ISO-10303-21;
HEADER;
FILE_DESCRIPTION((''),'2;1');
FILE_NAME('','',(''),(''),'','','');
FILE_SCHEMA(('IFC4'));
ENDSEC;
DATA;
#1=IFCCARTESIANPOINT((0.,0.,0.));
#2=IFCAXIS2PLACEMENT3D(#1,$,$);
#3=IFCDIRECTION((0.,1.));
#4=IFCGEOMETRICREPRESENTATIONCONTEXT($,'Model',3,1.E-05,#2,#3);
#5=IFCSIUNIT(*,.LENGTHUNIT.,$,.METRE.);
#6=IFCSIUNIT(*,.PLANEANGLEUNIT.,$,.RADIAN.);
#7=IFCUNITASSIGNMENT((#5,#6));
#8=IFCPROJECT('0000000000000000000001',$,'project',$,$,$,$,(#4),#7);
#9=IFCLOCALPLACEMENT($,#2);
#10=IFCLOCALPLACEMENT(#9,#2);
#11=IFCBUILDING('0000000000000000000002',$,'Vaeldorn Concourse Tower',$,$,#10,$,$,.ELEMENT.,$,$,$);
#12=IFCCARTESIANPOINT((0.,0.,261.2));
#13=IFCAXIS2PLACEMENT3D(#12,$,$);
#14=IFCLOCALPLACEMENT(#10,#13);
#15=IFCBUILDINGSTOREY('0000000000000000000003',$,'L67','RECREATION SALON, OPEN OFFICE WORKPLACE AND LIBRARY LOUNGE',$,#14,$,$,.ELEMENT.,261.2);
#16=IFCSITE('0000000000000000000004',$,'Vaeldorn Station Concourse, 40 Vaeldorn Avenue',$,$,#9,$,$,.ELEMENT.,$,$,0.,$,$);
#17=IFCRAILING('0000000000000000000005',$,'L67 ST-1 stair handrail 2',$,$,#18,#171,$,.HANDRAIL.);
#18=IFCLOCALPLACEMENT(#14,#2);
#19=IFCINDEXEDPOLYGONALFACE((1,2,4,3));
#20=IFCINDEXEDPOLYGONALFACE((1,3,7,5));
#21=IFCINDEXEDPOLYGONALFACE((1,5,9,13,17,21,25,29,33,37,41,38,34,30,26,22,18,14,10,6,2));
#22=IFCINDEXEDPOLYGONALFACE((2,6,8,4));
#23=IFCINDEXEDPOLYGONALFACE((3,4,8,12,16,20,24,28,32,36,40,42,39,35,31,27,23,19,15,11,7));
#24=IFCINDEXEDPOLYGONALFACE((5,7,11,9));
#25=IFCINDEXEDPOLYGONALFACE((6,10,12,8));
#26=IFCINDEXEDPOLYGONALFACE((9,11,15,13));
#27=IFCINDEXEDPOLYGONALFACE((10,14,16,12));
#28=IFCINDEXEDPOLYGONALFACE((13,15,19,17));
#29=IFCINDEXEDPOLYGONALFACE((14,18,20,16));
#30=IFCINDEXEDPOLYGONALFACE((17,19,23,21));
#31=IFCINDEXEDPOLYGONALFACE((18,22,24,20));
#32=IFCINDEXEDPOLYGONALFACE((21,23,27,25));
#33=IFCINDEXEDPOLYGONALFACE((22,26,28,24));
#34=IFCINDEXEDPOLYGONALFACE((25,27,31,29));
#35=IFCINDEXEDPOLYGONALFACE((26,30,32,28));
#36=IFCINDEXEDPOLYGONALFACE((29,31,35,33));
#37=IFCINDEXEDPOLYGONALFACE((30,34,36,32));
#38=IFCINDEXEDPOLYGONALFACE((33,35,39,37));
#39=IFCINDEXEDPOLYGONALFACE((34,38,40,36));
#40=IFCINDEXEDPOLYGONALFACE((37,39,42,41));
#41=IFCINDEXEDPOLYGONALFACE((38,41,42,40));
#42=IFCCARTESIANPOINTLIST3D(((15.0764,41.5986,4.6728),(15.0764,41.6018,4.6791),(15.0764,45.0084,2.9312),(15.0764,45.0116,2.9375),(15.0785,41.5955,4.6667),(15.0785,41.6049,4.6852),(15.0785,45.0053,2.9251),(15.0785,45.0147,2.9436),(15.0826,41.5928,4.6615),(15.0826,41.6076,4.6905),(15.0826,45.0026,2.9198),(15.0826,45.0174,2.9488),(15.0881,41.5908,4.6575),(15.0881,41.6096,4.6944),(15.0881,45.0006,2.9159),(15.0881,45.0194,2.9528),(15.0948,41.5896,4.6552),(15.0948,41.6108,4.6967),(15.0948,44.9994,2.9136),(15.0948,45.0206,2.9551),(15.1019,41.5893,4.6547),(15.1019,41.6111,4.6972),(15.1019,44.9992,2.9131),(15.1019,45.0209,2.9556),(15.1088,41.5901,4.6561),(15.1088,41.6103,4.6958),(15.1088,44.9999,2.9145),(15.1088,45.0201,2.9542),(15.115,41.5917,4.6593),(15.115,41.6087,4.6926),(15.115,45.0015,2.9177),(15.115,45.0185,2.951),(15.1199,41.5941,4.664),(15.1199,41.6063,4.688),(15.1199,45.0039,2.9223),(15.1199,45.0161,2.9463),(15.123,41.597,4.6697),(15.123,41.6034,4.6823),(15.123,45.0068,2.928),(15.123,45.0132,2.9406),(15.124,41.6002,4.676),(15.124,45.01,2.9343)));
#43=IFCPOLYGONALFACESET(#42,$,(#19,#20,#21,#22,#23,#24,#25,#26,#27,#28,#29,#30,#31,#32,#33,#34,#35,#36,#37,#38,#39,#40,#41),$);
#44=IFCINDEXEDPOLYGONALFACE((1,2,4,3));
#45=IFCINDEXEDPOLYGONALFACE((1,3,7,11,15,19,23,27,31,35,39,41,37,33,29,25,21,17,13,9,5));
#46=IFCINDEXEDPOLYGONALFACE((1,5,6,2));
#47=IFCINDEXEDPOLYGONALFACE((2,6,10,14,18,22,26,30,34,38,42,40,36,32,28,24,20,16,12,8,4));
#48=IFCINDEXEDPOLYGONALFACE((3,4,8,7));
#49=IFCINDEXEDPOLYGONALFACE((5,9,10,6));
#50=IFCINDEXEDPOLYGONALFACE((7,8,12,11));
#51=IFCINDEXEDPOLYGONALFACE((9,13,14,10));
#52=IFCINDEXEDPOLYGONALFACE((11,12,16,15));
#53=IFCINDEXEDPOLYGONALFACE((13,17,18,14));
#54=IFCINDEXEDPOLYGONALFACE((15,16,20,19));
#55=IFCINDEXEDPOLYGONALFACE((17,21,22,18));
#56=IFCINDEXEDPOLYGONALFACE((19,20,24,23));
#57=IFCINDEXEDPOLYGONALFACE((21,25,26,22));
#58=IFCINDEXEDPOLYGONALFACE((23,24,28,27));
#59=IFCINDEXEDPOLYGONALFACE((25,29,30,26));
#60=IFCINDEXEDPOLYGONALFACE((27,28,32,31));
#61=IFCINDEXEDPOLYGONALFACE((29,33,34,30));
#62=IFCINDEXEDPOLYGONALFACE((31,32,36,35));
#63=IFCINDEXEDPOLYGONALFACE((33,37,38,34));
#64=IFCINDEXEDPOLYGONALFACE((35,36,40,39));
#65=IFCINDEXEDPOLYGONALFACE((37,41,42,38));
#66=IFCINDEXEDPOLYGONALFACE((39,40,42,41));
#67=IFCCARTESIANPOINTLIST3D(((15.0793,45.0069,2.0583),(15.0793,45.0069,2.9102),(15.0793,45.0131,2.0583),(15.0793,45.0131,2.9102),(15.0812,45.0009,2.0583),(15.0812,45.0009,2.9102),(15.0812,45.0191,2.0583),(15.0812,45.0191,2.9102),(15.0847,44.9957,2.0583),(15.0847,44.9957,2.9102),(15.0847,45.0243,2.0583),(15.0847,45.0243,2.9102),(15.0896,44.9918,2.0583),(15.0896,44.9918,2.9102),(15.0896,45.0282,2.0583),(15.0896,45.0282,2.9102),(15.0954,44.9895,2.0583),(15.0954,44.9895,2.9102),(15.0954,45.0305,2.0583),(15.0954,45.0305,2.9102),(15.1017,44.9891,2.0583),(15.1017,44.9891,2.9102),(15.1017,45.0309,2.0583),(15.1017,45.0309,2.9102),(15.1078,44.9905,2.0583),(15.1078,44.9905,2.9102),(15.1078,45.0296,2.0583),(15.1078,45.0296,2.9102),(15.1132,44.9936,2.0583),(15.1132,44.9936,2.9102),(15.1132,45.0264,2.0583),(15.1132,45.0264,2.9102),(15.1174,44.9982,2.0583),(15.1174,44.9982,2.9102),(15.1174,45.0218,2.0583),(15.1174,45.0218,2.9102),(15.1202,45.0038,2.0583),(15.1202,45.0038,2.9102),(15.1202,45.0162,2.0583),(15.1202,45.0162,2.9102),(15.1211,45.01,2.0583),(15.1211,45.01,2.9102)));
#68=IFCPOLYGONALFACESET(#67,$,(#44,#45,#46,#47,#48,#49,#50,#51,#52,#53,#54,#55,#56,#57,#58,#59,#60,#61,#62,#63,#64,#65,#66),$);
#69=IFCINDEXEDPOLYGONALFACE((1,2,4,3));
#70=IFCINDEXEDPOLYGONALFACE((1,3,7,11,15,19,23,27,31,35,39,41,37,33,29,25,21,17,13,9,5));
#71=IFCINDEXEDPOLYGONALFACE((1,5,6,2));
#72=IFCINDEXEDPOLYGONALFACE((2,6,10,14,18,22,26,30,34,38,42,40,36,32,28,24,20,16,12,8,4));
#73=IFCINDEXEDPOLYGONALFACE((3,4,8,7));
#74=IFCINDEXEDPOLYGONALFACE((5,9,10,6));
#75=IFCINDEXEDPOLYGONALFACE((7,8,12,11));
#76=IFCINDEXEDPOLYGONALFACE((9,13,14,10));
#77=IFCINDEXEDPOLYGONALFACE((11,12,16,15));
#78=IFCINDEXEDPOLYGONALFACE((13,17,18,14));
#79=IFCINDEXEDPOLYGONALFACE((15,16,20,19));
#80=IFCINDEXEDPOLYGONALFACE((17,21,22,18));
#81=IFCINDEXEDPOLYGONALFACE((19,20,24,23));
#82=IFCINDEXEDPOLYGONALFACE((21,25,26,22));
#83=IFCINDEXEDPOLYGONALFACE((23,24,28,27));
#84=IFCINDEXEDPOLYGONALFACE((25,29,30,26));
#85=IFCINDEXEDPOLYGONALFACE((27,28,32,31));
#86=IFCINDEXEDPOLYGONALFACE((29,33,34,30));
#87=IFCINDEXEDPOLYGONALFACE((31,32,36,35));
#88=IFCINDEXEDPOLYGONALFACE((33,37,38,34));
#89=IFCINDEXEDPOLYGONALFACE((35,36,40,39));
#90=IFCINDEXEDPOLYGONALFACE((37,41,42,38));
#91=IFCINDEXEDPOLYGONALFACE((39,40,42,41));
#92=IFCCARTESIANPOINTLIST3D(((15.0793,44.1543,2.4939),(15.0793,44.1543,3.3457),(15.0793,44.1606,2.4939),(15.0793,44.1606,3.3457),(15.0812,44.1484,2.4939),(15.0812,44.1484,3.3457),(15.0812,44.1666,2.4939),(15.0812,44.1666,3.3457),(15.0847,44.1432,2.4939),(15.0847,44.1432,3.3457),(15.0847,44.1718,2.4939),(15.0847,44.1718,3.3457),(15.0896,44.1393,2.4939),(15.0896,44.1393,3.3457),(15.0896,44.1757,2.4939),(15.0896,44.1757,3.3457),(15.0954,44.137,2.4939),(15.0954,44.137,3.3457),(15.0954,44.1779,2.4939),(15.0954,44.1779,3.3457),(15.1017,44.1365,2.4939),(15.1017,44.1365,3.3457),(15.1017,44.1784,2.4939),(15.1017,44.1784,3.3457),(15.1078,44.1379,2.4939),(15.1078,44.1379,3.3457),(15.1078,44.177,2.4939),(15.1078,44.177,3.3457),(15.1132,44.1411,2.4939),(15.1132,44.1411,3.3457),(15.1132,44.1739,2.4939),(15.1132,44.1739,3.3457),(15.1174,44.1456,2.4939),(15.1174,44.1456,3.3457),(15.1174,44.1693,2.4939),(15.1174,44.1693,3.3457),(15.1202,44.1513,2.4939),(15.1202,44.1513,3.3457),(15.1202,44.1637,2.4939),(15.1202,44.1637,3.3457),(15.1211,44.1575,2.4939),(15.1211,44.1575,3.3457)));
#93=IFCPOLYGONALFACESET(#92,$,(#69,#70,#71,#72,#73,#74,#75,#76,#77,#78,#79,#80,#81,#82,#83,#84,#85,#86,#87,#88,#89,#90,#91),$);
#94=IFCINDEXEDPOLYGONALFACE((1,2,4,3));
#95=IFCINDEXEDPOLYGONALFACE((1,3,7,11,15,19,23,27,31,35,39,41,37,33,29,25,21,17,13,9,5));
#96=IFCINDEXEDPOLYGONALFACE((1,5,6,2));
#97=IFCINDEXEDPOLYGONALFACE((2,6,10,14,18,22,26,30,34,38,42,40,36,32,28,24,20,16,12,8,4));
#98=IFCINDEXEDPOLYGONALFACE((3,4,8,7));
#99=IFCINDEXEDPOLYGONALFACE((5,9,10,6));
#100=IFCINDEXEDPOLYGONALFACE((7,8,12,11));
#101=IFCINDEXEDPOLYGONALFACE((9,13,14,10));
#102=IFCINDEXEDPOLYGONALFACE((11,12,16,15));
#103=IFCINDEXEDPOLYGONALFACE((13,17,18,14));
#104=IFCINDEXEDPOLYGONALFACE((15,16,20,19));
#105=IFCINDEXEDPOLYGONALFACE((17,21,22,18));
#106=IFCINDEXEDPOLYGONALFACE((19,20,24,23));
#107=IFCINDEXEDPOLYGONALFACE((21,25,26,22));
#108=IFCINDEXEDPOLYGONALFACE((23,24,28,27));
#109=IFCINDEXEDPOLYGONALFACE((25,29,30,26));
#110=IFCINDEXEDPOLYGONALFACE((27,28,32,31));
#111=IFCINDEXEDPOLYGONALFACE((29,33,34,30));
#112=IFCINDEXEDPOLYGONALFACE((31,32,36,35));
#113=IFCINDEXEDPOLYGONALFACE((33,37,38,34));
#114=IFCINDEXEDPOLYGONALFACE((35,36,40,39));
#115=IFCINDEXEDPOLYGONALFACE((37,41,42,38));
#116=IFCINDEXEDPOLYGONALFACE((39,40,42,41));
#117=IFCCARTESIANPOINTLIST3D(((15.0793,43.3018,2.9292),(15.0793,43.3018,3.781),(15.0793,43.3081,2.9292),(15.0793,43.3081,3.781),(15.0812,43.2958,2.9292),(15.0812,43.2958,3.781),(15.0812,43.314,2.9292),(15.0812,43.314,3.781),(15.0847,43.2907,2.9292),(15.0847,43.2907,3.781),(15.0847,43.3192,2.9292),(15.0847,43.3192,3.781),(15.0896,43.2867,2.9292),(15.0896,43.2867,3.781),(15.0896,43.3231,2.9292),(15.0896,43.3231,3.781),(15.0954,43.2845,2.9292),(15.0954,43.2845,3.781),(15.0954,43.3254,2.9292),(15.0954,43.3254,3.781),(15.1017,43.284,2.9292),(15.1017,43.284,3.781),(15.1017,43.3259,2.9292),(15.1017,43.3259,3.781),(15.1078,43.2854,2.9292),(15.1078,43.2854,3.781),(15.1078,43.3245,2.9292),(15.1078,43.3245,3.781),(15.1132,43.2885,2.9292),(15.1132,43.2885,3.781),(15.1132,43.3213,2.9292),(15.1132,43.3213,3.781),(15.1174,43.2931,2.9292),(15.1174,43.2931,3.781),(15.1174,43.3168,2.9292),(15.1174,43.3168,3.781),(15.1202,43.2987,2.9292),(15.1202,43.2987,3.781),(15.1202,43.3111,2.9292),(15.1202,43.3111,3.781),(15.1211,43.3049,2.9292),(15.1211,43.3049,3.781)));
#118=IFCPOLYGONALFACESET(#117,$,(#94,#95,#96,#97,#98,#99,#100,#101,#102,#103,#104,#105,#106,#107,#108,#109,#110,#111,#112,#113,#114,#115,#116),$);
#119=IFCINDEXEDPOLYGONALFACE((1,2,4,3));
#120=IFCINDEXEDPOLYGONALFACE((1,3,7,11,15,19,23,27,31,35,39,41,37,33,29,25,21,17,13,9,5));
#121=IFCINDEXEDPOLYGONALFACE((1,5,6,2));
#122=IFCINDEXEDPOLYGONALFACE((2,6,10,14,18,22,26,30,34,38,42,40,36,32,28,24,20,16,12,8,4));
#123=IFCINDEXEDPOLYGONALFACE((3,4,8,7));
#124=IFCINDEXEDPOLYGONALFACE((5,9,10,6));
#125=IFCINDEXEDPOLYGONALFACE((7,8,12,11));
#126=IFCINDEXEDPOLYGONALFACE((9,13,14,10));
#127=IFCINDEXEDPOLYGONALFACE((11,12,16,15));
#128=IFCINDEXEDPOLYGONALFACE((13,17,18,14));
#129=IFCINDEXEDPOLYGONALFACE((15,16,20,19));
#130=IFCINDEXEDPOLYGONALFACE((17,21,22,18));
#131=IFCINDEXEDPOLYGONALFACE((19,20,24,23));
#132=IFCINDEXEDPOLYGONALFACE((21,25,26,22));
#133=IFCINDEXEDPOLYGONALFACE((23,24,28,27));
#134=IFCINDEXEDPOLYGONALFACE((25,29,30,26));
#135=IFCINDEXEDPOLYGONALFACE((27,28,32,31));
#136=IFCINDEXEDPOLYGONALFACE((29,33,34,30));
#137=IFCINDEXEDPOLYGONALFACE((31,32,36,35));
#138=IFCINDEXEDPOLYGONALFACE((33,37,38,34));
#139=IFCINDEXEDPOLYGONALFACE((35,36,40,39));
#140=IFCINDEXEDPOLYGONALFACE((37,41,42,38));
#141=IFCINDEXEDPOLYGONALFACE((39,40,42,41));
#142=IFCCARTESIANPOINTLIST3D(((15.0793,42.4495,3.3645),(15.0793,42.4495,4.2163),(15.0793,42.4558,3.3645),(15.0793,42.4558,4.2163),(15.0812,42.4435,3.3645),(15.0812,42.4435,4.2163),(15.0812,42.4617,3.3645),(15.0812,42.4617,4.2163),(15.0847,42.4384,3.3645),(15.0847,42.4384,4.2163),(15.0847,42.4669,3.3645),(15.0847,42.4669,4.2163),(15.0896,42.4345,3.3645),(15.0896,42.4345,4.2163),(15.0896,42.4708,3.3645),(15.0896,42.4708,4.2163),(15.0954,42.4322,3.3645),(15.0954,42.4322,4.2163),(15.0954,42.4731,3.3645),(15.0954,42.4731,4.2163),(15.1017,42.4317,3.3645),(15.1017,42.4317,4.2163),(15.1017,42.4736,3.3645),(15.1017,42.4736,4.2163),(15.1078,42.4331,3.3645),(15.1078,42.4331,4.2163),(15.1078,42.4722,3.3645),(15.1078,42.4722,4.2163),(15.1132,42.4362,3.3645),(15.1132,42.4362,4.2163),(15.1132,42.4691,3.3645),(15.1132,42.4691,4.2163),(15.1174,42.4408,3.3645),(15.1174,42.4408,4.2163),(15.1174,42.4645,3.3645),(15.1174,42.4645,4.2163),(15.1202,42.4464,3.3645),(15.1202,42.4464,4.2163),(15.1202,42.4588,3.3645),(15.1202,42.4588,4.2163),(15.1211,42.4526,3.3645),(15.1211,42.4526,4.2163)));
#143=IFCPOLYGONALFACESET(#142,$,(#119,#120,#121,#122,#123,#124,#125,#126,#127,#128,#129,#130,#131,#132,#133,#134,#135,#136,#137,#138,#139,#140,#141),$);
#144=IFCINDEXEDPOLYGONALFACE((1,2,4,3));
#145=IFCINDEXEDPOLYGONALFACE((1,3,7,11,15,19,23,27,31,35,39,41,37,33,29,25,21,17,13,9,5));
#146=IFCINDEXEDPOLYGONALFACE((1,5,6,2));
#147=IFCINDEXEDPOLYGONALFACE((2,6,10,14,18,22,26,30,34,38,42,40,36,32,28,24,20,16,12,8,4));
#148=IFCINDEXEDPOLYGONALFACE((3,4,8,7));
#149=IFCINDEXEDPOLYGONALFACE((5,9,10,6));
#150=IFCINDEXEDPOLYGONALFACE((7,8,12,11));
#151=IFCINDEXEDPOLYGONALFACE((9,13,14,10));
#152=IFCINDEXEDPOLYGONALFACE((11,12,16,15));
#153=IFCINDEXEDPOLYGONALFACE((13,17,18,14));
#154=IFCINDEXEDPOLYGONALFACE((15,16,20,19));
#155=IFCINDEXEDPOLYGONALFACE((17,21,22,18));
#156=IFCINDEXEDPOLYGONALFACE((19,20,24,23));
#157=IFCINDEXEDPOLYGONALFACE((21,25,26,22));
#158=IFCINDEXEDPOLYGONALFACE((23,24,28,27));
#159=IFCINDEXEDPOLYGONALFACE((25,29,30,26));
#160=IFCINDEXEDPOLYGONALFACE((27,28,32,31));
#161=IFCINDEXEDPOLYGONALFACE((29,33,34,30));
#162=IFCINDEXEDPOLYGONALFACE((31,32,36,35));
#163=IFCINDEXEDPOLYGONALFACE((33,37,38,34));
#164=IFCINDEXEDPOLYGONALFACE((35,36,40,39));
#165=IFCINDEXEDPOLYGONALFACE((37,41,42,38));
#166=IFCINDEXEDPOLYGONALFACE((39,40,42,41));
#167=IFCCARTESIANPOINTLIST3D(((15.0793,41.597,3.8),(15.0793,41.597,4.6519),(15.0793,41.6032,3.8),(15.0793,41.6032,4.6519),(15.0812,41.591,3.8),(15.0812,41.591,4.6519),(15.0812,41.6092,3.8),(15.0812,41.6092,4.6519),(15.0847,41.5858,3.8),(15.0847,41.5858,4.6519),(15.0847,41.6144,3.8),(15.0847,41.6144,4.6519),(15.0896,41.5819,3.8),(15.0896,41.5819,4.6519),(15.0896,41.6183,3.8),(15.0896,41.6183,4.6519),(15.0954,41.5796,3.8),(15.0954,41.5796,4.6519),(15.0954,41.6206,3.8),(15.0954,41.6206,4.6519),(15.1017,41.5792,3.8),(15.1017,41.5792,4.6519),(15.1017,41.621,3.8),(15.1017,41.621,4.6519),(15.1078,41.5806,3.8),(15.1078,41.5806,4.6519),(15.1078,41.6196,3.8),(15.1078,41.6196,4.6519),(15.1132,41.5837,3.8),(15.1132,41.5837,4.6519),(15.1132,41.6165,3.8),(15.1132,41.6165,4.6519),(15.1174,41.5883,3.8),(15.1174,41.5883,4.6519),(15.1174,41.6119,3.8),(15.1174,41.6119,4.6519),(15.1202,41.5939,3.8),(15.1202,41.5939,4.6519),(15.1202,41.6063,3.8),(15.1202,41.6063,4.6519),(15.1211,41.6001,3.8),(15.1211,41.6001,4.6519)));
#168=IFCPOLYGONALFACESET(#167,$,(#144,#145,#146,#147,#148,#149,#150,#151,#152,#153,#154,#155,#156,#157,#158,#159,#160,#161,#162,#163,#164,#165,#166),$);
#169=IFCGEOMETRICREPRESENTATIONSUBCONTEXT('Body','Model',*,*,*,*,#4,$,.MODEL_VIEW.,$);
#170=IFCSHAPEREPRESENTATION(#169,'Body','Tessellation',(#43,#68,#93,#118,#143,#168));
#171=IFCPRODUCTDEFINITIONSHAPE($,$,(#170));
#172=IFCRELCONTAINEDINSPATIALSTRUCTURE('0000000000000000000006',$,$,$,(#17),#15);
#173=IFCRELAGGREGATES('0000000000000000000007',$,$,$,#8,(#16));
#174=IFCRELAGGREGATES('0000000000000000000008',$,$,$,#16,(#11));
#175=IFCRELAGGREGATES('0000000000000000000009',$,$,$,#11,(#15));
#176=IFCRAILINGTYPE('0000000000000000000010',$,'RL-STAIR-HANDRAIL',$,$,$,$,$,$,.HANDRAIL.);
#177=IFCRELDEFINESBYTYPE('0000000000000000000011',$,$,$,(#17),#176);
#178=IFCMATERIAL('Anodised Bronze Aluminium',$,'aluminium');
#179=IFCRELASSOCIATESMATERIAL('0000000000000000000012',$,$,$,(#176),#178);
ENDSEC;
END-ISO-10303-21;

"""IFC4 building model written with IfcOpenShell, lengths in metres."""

from ifc_helpers import new_model, si_unit, direction, frame, origin, origin_2d, place, context, subcontext, project, spatial, circle, extrude, material, type_object, element, save


model = new_model("IFC4")

# Units and contexts
model_context = context("Model", 3, precision=1e-05, world=origin(), true_north=direction((0.0, 1.0)))
body_context = subcontext(model_context, "Body", "Model", "MODEL_VIEW")
ifc_project = project(units=[si_unit("LENGTHUNIT", "METRE"), si_unit("PLANEANGLEUNIT", "RADIAN")], contexts=[model_context])

# Site, building, storey
site_placement = place(None, origin())
site = spatial("IfcSite", under=ifc_project, at=site_placement, Name="Vaeldorn Station Concourse, 40 Vaeldorn Avenue", CompositionType="ELEMENT", RefElevation=0.0)
building_placement = place(site_placement, origin())
building = spatial("IfcBuilding", under=site, at=building_placement, Name="Vaeldorn Concourse Tower", CompositionType="ELEMENT")
storey_placement = place(building_placement, frame((0.0, 0.0, 261.2)))
storey = spatial("IfcBuildingStorey", under=building, at=storey_placement, Name="L67", Description="RECREATION SALON, OPEN OFFICE WORKPLACE AND LIBRARY LOUNGE", CompositionType="ELEMENT", Elevation=261.2)

# Shared definitions
ifc_material_1 = material(Name="Anodised Bronze Aluminium", Category="aluminium")

# Railing
railing_type_1 = type_object("IfcRailingType", Name="RL-STAIR-HANDRAIL", PredefinedType="HANDRAIL", material=ifc_material_1)
railing_1_placement = place(storey_placement, frame((15.1001, 45.01, 2.0583)))
element("IfcRailing", 1, at=railing_1_placement, inside=storey, type_object=railing_type_1, Name="L67 ST-1 stair handrail 2", PredefinedType="HANDRAIL", context=body_context, shape_type="SweptSolid", body=[
    extrude(circle(Radius=0.0239, at=origin_2d()), frame((0.0, 0.0, 0.876), z_axis=(0.0, -0.890556, 0.454874), x_axis=(1.0, 0.0, 0.0)), (0.0, 0.0, 1.0), 3.8289),
    extrude(circle(Radius=0.021, at=origin_2d()), origin(), (0.0, 0.0, 1.0), 0.8518),
    extrude(circle(Radius=0.021, at=origin_2d()), frame((0.0, -0.8525, 0.4355)), (0.0, 0.0, 1.0), 0.8518),
    extrude(circle(Radius=0.021, at=origin_2d()), frame((0.0, -1.7051, 0.8708)), (0.0, 0.0, 1.0), 0.8518),
    extrude(circle(Radius=0.021, at=origin_2d()), frame((0.0, -2.5574, 1.3062)), (0.0, 0.0, 1.0), 0.8518),
    extrude(circle(Radius=0.021, at=origin_2d()), frame((0.0, -3.4099, 1.7417)), (0.0, 0.0, 1.0), 0.8518),
])

save(model, "model.ifc")
